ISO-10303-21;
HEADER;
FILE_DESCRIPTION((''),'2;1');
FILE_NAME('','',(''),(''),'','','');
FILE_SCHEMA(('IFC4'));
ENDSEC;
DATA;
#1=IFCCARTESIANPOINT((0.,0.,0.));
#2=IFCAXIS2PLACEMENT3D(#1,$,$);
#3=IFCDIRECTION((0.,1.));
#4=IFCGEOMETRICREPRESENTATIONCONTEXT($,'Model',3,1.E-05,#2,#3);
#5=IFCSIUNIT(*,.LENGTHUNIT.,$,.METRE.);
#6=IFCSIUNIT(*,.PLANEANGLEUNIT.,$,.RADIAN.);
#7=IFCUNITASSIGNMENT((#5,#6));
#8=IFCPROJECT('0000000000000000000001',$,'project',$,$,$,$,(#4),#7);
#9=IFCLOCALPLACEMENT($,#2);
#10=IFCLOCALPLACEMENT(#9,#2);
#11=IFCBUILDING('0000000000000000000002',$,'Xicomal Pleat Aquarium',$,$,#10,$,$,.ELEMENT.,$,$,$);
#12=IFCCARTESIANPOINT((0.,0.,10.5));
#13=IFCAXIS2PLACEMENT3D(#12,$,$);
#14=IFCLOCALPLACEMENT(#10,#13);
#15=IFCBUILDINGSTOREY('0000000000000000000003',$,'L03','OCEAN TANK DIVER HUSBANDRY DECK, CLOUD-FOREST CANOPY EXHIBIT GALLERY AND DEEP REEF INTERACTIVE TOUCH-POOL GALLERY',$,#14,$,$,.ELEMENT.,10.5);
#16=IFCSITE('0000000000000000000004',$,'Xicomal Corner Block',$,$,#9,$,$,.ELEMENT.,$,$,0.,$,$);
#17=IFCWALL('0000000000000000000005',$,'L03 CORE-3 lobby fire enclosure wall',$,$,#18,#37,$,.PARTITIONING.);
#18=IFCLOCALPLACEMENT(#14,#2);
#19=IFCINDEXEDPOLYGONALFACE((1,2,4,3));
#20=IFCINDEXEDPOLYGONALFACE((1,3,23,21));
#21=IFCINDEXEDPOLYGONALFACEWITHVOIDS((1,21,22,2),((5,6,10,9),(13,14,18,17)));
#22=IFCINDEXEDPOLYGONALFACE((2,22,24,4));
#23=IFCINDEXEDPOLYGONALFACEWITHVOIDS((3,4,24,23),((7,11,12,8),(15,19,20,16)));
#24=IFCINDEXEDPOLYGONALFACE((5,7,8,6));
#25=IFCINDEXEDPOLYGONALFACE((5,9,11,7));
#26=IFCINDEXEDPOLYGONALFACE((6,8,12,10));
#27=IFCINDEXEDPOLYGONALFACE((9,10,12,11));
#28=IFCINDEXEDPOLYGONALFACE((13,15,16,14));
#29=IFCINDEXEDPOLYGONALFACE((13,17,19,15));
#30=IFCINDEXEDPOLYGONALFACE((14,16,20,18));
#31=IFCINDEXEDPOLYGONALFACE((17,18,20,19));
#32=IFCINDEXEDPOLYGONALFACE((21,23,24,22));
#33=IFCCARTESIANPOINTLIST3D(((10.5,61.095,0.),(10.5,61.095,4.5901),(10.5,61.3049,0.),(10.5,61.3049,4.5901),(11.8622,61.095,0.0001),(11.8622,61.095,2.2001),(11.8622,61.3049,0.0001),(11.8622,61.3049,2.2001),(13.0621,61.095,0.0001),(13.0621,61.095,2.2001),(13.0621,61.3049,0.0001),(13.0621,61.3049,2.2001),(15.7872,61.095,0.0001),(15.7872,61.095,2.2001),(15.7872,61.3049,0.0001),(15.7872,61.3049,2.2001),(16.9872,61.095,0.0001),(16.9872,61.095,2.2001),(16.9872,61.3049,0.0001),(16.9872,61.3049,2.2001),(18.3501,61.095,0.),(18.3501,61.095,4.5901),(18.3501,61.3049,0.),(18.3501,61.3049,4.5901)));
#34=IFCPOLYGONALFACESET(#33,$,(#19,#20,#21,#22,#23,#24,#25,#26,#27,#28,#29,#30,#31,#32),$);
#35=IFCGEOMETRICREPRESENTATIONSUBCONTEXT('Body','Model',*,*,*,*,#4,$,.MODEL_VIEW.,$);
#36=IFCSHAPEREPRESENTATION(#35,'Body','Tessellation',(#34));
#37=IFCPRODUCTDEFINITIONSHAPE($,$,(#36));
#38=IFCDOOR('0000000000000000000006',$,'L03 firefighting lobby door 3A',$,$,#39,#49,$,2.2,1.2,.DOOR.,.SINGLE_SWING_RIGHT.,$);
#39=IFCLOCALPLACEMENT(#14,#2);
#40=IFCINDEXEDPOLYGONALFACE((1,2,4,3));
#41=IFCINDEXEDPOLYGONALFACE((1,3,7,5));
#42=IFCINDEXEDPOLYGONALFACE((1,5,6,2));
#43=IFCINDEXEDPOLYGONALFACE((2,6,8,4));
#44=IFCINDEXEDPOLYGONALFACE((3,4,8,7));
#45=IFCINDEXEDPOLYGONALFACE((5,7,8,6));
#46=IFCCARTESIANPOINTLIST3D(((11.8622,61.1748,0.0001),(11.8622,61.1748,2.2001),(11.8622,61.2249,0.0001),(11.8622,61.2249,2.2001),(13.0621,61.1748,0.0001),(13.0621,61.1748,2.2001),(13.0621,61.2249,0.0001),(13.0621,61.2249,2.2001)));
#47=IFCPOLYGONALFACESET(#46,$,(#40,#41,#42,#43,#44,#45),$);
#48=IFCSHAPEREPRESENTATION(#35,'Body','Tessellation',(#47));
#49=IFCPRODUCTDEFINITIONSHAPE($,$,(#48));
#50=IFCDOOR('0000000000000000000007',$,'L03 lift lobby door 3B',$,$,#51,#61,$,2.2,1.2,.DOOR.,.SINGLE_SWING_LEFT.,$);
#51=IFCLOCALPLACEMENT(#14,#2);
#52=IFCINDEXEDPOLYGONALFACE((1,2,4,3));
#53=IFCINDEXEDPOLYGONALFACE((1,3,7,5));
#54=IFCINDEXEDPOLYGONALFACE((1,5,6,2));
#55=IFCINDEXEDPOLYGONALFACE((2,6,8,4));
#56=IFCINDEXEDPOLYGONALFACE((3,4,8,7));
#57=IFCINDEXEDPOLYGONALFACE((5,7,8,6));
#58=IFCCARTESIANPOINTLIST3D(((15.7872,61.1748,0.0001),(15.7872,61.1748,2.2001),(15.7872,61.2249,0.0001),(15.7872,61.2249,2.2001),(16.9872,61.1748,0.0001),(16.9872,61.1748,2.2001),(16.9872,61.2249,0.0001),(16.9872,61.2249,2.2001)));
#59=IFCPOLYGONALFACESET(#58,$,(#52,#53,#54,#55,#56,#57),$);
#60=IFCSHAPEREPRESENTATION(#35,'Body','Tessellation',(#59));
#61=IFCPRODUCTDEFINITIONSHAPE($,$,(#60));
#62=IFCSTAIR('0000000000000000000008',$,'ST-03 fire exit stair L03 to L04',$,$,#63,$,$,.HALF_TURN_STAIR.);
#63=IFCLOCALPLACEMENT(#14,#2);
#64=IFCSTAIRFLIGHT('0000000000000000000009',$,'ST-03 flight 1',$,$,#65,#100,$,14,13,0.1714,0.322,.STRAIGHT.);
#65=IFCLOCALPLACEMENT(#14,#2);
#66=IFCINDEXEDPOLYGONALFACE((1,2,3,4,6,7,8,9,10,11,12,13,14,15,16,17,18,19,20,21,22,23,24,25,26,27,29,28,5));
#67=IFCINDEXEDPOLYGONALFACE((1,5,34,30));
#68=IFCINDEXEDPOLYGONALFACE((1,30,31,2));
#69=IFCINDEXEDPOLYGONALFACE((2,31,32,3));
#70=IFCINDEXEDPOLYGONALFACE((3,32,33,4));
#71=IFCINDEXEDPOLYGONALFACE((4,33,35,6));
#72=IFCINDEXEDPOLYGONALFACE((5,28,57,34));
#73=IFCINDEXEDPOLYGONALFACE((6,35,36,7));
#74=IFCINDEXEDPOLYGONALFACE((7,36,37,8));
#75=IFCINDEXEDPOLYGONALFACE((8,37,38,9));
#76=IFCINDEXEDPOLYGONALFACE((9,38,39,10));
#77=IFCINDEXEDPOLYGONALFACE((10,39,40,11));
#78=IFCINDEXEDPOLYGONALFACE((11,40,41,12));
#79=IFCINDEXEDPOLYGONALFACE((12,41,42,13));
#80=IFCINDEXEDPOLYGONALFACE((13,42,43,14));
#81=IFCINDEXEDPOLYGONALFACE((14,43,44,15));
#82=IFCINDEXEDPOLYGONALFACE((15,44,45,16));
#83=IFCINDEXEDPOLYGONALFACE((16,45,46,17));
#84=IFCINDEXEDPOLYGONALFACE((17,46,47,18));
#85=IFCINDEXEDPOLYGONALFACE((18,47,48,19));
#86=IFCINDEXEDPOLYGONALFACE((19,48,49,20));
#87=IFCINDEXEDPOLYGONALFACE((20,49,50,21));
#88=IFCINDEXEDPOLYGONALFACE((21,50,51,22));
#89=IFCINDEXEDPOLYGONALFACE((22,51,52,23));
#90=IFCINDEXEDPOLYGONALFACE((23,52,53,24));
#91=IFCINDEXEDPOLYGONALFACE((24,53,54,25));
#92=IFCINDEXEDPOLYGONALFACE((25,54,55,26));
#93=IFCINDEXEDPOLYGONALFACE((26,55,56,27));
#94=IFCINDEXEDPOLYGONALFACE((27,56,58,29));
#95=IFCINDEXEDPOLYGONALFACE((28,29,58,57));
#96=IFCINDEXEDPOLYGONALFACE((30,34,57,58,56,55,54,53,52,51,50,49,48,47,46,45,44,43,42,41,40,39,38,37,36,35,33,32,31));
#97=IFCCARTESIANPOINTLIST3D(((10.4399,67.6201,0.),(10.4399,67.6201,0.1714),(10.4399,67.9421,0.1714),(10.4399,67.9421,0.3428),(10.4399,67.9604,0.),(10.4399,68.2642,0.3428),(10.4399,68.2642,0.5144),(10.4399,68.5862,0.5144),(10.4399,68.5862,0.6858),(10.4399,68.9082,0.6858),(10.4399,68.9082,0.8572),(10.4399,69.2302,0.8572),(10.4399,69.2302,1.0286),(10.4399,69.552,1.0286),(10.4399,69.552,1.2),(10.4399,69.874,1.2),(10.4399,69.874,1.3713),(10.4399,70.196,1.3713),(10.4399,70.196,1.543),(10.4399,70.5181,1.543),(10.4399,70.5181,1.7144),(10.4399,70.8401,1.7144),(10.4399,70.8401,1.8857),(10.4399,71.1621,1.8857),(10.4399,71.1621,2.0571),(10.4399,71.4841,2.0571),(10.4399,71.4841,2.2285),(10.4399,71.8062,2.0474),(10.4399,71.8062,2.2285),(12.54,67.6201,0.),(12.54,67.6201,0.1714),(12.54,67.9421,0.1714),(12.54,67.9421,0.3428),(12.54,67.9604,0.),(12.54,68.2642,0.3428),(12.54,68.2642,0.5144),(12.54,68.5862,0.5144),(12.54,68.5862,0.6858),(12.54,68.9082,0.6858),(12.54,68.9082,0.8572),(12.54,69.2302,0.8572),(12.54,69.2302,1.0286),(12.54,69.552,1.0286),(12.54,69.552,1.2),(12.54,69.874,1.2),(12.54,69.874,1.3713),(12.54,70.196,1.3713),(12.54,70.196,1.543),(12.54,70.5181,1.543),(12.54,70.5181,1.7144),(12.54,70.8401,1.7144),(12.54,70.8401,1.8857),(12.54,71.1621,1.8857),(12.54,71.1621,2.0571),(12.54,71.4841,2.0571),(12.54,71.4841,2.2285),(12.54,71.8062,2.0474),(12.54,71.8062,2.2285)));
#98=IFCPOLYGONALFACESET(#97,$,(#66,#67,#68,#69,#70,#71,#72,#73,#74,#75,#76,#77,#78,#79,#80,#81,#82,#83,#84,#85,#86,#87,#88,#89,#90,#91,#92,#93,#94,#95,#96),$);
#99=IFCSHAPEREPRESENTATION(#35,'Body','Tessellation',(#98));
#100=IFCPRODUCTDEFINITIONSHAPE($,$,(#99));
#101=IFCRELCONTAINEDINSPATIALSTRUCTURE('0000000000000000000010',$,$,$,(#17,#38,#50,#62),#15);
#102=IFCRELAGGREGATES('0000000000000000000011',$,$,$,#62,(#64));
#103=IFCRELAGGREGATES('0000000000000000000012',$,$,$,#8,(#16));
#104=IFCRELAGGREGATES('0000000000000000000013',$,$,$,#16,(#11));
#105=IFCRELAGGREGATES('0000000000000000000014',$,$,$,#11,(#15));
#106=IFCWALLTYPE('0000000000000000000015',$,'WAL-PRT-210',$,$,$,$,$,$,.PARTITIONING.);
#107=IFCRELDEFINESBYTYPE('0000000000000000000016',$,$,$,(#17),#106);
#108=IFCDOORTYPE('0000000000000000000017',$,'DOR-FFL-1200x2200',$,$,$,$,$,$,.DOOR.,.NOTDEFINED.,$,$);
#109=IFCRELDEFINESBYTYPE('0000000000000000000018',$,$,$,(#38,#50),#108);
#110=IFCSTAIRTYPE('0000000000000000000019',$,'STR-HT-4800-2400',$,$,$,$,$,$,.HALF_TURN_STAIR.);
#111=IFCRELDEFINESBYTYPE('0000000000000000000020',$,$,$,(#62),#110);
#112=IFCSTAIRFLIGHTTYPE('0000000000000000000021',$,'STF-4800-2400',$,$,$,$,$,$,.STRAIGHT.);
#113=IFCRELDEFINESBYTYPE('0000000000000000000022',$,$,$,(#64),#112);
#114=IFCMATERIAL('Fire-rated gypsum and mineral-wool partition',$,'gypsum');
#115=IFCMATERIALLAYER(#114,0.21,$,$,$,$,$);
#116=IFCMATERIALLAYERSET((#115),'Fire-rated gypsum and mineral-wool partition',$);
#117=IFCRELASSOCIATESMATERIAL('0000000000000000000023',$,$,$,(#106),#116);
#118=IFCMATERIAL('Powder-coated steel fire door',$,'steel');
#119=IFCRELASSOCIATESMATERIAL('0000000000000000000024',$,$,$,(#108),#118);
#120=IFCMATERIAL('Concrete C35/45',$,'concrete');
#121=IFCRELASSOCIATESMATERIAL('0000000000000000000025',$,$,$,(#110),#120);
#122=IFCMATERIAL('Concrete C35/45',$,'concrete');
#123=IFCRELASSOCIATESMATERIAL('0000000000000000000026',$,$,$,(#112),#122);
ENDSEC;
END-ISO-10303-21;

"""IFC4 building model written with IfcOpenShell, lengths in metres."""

from ifc_helpers import new_model, si_unit, direction, frame, frame_2d, origin, place, context, subcontext, project, spatial, polyline, rectangle, outline, extrude, material, layer, layer_set, type_object, element, fill, aggregate, save


model = new_model("IFC4")

# Units and contexts
model_context = context("Model", 3, precision=1e-05, world=origin(), true_north=direction((0.0, 1.0)))
body_context = subcontext(model_context, "Body", "Model", "MODEL_VIEW")
ifc_project = project(units=[si_unit("LENGTHUNIT", "METRE"), si_unit("PLANEANGLEUNIT", "RADIAN")], contexts=[model_context])

# Site, building, storey
site_placement = place(None, origin())
site = spatial("IfcSite", under=ifc_project, at=site_placement, Name="Xicomal Corner Block", CompositionType="ELEMENT", RefElevation=0.0)
building_placement = place(site_placement, origin())
building = spatial("IfcBuilding", under=site, at=building_placement, Name="Xicomal Pleat Aquarium", CompositionType="ELEMENT")
storey_placement = place(building_placement, frame((0.0, 0.0, 10.5)))
storey = spatial("IfcBuildingStorey", under=building, at=storey_placement, Name="L03", Description="OCEAN TANK DIVER HUSBANDRY DECK, CLOUD-FOREST CANOPY EXHIBIT GALLERY AND DEEP REEF INTERACTIVE TOUCH-POOL GALLERY", CompositionType="ELEMENT", Elevation=10.5)

# Wall, openings, doors
ifc_material_1 = material(Name="Fire-rated gypsum and mineral-wool partition", Category="gypsum")
ifc_layer_1 = layer(ifc_material_1, 0.21)
ifc_layer_set_1 = layer_set([ifc_layer_1], Name="Fire-rated gypsum and mineral-wool partition")
wall_type_1 = type_object("IfcWallType", Name="WAL-PRT-210", PredefinedType="PARTITIONING", material=ifc_layer_set_1)
wall_1_placement = place(storey_placement, frame((10.5, 61.2, 0.0), z_axis=(0.0, 0.0, 1.0), x_axis=(1.0, 0.0, 0.0)))
wall_1 = element("IfcWall", 1, at=wall_1_placement, inside=storey, type_object=wall_type_1, Name="L03 CORE-3 lobby fire enclosure wall", PredefinedType="PARTITIONING", context=body_context, shape_type="SweptSolid", body=[
    extrude(rectangle(XDim=7.8501, YDim=0.21, at=frame_2d((3.925, 0.0))), origin(), (0.0, 0.0, 1.0), 4.5901),
])
opening_1_placement = place(wall_1_placement, frame((1.3621, 0.0, 0.0)))
opening_1 = element("IfcOpeningElement", 2, at=opening_1_placement, cuts=wall_1, PredefinedType="OPENING", context=body_context, shape_type="SweptSolid", body=[
    extrude(rectangle(XDim=1.2, YDim=2.2, at=frame_2d((0.6001, 1.1001))), frame((0.0, 0.115, 0.0), z_axis=(0.0, -1.0, 0.0), x_axis=(1.0, 0.0, 0.0)), (0.0, 0.0, 1.0), 0.23),
])
opening_2_placement = place(wall_1_placement, frame((5.2871, 0.0, 0.0)))
opening_2 = element("IfcOpeningElement", 3, at=opening_2_placement, cuts=wall_1, PredefinedType="OPENING", context=body_context, shape_type="SweptSolid", body=[
    extrude(rectangle(XDim=1.2, YDim=2.2, at=frame_2d((0.6001, 1.1001))), frame((0.0, 0.115, 0.0), z_axis=(0.0, -1.0, 0.0), x_axis=(1.0, 0.0, 0.0)), (0.0, 0.0, 1.0), 0.23),
])
ifc_material_2 = material(Name="Powder-coated steel fire door", Category="steel")
door_type_1 = type_object("IfcDoorType", Name="DOR-FFL-1200x2200", OperationType="NOTDEFINED", PredefinedType="DOOR", material=ifc_material_2)
door_1_placement = place(opening_1_placement, origin())
door_1 = element("IfcDoor", 4, at=door_1_placement, inside=storey, type_object=door_type_1, Name="L03 firefighting lobby door 3A", OperationType="SINGLE_SWING_RIGHT", OverallHeight=2.2, OverallWidth=1.2, PredefinedType="DOOR", context=body_context, shape_type="SweptSolid", body=[
    extrude(rectangle(XDim=1.2, YDim=2.2, at=frame_2d((0.6001, 1.1001))), frame((0.0, 0.0249, 0.0), z_axis=(0.0, -1.0, 0.0), x_axis=(1.0, 0.0, 0.0)), (0.0, 0.0, 1.0), 0.05),
])
fill(opening_1, door_1)
door_2_placement = place(opening_2_placement, origin())
door_2 = element("IfcDoor", 5, at=door_2_placement, inside=storey, type_object=door_type_1, Name="L03 lift lobby door 3B", OperationType="SINGLE_SWING_LEFT", OverallHeight=2.2, OverallWidth=1.2, PredefinedType="DOOR", context=body_context, shape_type="SweptSolid", body=[
    extrude(rectangle(XDim=1.2, YDim=2.2, at=frame_2d((0.6001, 1.1001))), frame((0.0, 0.0249, 0.0), z_axis=(0.0, -1.0, 0.0), x_axis=(1.0, 0.0, 0.0)), (0.0, 0.0, 1.0), 0.05),
])
fill(opening_2, door_2)

# Stair, stair flight
ifc_material_3 = material(Name="Concrete C35/45", Category="concrete")
stair_type = type_object("IfcStairType", Name="STR-HT-4800-2400", PredefinedType="HALF_TURN_STAIR", material=ifc_material_3)
stair_placement = place(storey_placement, origin())
stair = element("IfcStair", 6, at=stair_placement, inside=storey, type_object=stair_type, Name="ST-03 fire exit stair L03 to L04", PredefinedType="HALF_TURN_STAIR")
ifc_material_4 = material(Name="Concrete C35/45", Category="concrete")
stair_flight_type = type_object("IfcStairFlightType", Name="STF-4800-2400", PredefinedType="STRAIGHT", material=ifc_material_4)
stair_flight_placement = place(storey_placement, frame((11.49, 67.6201, 0.0), z_axis=(0.0, 0.0, 1.0), x_axis=(0.0, 1.0, 0.0)))
stair_flight = element("IfcStairFlight", 7, at=stair_flight_placement, type_object=stair_flight_type, Name="ST-03 flight 1", NumberOfRisers=14, NumberOfTreads=13, PredefinedType="STRAIGHT", RiserHeight=0.1714, TreadLength=0.322, context=body_context, shape_type="SweptSolid", body=[
    extrude(outline(polyline([(0.0, 0.0), (0.0, 0.1714), (0.322, 0.1714), (0.322, 0.3428), (0.644, 0.3428), (0.644, 0.5144), (0.9661, 0.5144), (0.9661, 0.6858), (1.2881, 0.6858), (1.2881, 0.8572), (1.6101, 0.8572), (1.6101, 1.0286), (1.9319, 1.0286), (1.9319, 1.2), (2.2539, 1.2), (2.2539, 1.3713), (2.5759, 1.3713), (2.5759, 1.543), (2.8979, 1.543), (2.8979, 1.7144), (3.22, 1.7144), (3.22, 1.8857), (3.542, 1.8857), (3.542, 2.0571), (3.864, 2.0571), (3.864, 2.2285), (4.186, 2.2285), (4.186, 2.3999), (4.186, 2.0474), (0.3403, 0.0), (0.0, 0.0)])), frame((0.0, 1.05, 0.0), z_axis=(0.0, -1.0, 0.0), x_axis=(1.0, 0.0, 0.0)), (0.0, 0.0, 1.0), 2.1001),
])
aggregate(stair, [stair_flight])

save(model, "model.ifc")
